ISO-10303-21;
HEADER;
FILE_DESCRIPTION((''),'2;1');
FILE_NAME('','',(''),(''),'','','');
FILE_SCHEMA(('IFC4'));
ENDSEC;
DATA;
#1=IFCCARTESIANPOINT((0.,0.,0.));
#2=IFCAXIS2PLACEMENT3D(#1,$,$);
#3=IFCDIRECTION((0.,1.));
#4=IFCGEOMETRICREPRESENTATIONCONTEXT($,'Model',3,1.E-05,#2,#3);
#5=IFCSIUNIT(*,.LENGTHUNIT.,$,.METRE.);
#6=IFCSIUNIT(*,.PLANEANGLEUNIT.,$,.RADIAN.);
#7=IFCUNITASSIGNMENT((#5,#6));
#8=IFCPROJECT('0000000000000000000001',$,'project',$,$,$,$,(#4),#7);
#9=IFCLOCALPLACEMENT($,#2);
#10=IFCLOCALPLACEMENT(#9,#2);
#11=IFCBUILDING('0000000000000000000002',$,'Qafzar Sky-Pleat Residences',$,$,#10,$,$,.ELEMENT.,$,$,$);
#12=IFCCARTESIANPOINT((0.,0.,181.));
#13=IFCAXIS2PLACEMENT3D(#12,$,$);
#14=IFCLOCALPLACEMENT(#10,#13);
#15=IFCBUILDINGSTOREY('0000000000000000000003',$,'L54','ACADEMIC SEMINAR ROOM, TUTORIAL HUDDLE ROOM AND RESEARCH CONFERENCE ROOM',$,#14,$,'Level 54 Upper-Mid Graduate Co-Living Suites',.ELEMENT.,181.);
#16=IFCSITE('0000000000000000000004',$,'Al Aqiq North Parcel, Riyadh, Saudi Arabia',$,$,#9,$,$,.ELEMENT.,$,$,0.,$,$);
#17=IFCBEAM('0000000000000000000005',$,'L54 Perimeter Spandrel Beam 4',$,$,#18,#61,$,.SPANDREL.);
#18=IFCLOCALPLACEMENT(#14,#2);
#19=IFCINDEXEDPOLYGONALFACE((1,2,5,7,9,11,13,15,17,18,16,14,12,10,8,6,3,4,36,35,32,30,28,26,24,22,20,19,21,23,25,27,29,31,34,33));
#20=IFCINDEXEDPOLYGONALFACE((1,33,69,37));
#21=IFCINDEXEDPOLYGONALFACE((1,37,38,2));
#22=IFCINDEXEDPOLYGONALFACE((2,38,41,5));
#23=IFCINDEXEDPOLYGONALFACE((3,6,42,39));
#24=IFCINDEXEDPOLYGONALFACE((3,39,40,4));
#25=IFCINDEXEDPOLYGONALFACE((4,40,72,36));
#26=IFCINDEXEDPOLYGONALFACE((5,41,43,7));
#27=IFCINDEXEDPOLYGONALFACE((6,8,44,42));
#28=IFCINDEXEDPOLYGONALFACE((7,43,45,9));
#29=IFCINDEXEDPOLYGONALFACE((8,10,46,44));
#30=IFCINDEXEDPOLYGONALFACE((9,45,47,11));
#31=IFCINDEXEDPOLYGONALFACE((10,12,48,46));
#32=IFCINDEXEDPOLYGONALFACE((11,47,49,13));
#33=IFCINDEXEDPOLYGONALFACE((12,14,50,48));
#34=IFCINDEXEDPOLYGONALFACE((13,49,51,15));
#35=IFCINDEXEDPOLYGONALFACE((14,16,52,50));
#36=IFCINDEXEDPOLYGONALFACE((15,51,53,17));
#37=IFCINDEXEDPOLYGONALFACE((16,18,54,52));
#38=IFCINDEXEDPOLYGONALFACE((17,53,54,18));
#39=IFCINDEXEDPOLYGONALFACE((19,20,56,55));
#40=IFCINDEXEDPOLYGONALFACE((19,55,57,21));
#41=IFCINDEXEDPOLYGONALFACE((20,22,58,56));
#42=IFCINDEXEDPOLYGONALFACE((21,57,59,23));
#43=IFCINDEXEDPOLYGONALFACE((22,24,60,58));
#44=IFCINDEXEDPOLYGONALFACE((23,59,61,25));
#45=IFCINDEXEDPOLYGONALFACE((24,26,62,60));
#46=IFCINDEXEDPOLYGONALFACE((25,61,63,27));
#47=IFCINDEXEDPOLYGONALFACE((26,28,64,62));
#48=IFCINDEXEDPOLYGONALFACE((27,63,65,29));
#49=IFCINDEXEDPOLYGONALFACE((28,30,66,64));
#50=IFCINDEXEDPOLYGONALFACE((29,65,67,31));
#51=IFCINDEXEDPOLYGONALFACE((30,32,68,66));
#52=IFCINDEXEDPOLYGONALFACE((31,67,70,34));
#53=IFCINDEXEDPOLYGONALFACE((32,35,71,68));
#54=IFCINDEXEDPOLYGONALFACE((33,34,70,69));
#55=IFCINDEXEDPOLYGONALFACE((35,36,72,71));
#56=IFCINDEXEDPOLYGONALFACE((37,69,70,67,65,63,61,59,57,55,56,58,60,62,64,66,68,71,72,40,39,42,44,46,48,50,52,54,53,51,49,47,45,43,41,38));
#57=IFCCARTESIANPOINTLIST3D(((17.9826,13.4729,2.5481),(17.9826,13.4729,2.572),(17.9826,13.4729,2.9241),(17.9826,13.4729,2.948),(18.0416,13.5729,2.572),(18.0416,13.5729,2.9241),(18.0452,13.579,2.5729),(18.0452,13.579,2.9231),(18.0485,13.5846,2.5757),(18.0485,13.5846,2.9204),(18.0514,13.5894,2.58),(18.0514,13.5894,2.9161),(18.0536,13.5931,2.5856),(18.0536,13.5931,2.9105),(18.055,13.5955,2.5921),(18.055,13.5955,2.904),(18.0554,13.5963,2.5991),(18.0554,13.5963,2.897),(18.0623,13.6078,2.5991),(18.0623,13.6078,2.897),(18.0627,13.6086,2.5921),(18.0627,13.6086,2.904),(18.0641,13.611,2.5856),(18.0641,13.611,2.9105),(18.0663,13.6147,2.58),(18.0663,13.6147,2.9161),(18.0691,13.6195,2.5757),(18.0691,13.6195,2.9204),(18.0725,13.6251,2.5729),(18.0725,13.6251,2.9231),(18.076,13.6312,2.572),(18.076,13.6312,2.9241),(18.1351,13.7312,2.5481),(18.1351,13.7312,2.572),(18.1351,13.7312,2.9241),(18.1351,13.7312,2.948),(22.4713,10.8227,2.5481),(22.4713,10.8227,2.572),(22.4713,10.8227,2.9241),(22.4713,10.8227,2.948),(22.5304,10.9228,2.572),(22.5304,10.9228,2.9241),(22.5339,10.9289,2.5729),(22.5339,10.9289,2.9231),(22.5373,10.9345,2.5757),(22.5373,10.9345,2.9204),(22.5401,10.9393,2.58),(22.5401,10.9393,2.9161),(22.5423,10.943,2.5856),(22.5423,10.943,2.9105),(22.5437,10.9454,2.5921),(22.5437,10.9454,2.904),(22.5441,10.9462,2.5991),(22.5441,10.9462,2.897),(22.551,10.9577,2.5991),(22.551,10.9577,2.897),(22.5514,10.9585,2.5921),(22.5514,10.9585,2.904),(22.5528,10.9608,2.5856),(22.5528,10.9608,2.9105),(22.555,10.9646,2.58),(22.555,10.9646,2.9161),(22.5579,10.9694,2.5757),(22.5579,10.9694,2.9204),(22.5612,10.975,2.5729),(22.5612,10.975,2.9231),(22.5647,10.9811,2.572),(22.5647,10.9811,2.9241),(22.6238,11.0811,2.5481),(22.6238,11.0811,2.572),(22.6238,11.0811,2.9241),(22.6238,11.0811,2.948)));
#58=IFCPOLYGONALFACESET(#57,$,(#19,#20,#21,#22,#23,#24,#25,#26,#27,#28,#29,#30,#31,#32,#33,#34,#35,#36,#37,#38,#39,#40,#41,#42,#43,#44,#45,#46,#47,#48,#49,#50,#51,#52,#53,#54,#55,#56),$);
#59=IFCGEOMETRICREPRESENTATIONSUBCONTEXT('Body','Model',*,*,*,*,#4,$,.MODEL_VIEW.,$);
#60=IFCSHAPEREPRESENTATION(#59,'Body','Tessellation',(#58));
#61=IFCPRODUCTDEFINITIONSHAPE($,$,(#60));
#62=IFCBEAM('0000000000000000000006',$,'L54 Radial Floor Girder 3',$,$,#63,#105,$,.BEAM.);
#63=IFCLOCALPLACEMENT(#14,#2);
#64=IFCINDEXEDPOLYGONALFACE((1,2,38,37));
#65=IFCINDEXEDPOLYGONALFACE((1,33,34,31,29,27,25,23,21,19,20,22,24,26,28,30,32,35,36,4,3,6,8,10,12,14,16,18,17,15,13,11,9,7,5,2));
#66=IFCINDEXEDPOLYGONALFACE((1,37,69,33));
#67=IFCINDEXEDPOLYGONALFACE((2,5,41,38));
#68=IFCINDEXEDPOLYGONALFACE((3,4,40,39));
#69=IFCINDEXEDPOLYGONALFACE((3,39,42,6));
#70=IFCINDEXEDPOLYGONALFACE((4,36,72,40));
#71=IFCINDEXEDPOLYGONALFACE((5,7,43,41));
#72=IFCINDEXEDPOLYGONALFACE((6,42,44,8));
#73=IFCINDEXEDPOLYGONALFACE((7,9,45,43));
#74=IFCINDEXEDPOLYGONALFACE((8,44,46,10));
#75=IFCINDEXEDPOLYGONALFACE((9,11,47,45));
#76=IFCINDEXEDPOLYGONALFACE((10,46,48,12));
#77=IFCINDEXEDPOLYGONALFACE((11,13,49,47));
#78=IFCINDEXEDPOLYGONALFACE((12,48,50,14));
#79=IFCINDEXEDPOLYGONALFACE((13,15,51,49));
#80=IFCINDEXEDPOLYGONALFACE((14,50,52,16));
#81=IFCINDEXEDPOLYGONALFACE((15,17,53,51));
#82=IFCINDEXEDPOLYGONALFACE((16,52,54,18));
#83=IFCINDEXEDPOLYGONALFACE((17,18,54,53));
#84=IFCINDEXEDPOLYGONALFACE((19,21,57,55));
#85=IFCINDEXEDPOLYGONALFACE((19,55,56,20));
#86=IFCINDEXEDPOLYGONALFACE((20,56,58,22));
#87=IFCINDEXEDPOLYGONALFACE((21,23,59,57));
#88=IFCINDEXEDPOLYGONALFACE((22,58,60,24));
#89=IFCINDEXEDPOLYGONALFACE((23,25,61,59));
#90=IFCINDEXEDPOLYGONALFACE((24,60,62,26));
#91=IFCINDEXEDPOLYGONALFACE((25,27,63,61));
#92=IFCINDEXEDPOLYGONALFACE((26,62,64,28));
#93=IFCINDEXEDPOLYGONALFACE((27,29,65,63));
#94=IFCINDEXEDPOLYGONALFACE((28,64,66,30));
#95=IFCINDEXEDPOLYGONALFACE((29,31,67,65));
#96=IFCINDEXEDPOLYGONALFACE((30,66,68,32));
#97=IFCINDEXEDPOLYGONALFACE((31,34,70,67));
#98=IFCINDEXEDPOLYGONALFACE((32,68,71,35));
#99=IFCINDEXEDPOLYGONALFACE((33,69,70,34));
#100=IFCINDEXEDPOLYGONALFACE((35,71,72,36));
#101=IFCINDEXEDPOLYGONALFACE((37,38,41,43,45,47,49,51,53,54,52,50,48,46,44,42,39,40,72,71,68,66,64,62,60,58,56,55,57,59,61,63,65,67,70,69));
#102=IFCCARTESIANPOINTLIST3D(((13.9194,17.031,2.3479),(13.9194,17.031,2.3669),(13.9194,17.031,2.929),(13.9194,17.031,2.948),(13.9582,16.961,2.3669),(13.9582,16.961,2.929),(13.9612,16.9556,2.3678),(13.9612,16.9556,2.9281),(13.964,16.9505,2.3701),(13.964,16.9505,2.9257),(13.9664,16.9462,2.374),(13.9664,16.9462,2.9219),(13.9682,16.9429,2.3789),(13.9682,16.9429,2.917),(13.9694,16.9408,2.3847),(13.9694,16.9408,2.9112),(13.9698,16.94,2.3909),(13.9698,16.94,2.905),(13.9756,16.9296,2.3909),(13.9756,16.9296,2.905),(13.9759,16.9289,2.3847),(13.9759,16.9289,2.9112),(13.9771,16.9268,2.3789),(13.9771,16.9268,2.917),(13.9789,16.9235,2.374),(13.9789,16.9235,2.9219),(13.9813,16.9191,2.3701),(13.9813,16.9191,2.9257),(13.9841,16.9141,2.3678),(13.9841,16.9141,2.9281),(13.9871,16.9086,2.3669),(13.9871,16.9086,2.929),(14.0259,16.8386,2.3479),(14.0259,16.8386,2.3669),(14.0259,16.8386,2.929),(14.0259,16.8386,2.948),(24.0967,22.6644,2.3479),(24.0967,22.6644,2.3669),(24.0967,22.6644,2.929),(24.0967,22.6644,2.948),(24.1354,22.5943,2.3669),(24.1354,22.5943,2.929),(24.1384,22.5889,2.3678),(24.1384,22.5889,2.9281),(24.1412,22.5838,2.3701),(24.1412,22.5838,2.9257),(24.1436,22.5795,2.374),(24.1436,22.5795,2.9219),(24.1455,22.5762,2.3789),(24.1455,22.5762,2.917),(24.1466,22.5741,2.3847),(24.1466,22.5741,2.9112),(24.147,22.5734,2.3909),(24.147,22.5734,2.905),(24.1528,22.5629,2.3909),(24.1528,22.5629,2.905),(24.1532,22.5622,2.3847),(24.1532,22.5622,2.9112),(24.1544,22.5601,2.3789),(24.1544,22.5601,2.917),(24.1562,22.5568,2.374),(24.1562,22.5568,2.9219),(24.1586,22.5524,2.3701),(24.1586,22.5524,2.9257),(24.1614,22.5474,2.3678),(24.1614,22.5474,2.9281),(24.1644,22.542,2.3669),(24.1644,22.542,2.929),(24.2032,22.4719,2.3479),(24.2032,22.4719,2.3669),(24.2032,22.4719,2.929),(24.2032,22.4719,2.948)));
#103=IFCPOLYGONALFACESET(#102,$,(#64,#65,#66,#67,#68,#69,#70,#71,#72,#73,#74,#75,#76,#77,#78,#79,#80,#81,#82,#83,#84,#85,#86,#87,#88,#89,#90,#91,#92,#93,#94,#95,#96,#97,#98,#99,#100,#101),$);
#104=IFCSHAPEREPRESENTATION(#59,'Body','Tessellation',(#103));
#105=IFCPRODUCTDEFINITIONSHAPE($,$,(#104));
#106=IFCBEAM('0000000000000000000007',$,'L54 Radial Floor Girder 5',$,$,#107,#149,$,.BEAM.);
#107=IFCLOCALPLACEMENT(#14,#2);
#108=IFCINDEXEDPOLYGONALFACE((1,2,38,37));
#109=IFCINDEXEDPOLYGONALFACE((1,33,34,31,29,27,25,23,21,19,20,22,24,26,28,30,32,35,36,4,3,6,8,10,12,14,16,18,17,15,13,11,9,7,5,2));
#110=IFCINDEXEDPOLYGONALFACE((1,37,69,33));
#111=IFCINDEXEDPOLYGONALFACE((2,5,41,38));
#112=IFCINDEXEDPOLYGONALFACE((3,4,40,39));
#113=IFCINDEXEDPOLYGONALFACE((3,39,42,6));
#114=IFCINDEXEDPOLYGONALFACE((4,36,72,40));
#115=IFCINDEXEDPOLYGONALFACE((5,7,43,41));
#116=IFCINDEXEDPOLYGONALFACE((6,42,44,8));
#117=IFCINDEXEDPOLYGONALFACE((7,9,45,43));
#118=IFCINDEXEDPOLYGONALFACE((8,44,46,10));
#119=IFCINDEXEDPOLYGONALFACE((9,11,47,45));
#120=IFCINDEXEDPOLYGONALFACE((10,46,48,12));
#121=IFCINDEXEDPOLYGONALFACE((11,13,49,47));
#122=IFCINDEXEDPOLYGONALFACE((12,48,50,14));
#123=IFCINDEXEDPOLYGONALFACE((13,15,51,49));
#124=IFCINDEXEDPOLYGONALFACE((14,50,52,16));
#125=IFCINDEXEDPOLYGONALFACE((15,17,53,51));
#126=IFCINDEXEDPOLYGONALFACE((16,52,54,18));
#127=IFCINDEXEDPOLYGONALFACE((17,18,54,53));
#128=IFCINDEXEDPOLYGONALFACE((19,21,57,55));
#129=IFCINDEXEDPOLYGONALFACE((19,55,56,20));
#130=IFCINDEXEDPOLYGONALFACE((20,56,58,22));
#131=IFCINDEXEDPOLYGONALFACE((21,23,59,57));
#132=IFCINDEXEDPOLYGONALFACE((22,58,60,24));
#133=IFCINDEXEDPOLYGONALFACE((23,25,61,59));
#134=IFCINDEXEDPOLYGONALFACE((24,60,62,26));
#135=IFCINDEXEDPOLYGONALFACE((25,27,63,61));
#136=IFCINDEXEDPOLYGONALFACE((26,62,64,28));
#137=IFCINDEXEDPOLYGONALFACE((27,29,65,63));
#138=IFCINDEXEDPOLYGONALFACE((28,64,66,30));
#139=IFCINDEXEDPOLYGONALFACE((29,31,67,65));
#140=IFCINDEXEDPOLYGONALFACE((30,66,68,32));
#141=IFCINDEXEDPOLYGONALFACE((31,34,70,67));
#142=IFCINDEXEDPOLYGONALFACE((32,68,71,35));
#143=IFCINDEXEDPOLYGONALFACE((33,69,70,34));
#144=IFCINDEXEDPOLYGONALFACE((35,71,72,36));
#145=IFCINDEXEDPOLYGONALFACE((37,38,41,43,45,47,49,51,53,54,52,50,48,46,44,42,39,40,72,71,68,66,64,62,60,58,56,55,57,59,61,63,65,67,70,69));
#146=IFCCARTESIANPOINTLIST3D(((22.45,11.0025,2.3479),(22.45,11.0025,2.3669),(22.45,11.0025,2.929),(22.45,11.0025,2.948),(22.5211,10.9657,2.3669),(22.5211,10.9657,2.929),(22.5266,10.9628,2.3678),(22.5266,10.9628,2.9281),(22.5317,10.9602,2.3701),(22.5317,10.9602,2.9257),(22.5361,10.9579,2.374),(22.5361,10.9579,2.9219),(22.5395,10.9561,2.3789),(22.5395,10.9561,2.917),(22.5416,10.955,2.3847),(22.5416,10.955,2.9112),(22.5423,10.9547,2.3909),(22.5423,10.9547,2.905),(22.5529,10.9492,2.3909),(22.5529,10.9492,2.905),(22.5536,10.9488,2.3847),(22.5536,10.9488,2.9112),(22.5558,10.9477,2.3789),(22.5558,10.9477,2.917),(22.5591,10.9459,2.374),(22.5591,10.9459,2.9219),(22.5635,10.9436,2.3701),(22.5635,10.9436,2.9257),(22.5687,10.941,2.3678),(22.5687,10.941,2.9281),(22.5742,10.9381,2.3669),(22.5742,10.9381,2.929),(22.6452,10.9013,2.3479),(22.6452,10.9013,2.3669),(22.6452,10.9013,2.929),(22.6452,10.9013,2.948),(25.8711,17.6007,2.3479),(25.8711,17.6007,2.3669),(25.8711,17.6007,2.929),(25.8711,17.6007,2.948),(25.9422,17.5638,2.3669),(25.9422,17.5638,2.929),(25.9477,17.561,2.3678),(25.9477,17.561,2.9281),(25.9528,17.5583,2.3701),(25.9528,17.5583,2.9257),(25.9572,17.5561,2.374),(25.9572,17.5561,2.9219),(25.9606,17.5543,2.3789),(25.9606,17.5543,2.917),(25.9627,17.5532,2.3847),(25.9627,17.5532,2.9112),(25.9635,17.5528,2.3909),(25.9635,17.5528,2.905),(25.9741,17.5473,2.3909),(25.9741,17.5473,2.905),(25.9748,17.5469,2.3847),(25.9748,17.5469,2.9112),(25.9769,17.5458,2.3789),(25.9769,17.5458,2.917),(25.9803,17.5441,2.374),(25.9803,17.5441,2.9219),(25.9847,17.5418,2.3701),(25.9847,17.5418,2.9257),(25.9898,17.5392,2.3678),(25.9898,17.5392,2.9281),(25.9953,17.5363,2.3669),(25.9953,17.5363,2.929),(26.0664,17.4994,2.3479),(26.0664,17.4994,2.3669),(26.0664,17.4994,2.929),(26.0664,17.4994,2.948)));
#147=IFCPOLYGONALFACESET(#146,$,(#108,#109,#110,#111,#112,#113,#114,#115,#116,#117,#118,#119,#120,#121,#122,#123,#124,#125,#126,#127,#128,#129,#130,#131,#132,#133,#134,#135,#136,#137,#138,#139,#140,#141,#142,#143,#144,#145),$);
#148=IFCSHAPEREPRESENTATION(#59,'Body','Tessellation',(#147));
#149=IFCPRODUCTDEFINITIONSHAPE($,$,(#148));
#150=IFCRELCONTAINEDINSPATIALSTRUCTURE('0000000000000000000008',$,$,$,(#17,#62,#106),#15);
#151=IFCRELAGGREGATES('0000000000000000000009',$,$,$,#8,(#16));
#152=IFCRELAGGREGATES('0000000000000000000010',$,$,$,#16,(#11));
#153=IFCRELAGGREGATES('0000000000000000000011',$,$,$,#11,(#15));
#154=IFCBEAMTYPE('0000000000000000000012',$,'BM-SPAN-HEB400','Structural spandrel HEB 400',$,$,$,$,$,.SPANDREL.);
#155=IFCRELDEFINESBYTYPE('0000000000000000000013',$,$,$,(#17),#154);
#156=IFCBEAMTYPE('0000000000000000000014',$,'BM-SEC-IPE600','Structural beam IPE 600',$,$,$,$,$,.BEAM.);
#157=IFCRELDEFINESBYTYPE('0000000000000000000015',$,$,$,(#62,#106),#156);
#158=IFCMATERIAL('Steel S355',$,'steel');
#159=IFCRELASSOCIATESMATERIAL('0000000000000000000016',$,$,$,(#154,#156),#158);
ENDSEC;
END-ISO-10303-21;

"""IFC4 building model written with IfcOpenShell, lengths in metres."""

from ifc_helpers import new_model, si_unit, direction, frame, origin, origin_2d, place, context, subcontext, project, spatial, i_section, extrude, source, transform, mapped, material, material_profile, profile_set, type_object, element, save


model = new_model("IFC4")

# Units and contexts
model_context = context("Model", 3, precision=1e-05, world=origin(), true_north=direction((0.0, 1.0)))
body_context = subcontext(model_context, "Body", "Model", "MODEL_VIEW")
ifc_project = project(units=[si_unit("LENGTHUNIT", "METRE"), si_unit("PLANEANGLEUNIT", "RADIAN")], contexts=[model_context])

# Site, building, storey
site_placement = place(None, origin())
site = spatial("IfcSite", under=ifc_project, at=site_placement, Name="Al Aqiq North Parcel, Riyadh, Saudi Arabia", CompositionType="ELEMENT", RefElevation=0.0)
building_placement = place(site_placement, origin())
building = spatial("IfcBuilding", under=site, at=building_placement, Name="Qafzar Sky-Pleat Residences", CompositionType="ELEMENT")
storey_placement = place(building_placement, frame((0.0, 0.0, 181.0)))
storey = spatial("IfcBuildingStorey", under=building, at=storey_placement, Name="L54", Description="ACADEMIC SEMINAR ROOM, TUTORIAL HUDDLE ROOM AND RESEARCH CONFERENCE ROOM", LongName="Level 54 Upper-Mid Graduate Co-Living Suites", CompositionType="ELEMENT", Elevation=181.0)

# Shared definitions
ifc_material_1 = material(Name="Steel S355", Category="steel")

# Beams
ifc_material_profile_1 = material_profile(ifc_material_1, i_section(OverallWidth=0.3, OverallDepth=0.3999, WebThickness=0.0134, FlangeThickness=0.0239, FilletRadius=0.0271, at=origin_2d()), Name="HEB 400")
ifc_profile_set_1 = profile_set([ifc_material_profile_1], Name="Steel S355")
beam_type_1 = type_object("IfcBeamType", Name="BM-SPAN-HEB400", Description="Structural spandrel HEB 400", PredefinedType="SPANDREL", material=ifc_profile_set_1)
shared_shape_1 = source(origin(), body_context, "Body", "SweptSolid", [
    extrude(i_section(OverallWidth=0.3, OverallDepth=0.3999, WebThickness=0.0134, FlangeThickness=0.0239, FilletRadius=0.0271, at=origin_2d()), origin(), (0.0, 0.0, 1.0), 5.2126),
])
beam_1_placement = place(storey_placement, frame((18.0588, 13.6021, 2.748), z_axis=(0.86112, -0.508401, 0.0), x_axis=(0.508401, 0.86112, 0.0)))
element("IfcBeam", 1, at=beam_1_placement, inside=storey, type_object=beam_type_1, Name="L54 Perimeter Spandrel Beam 4", PredefinedType="SPANDREL", context=body_context, shape_type="MappedRepresentation", body=[
    mapped(shared_shape_1, transform((0.0, 0.0, 0.0), x_axis=(1.0, 0.0, 0.0), y_axis=(0.0, 1.0, 0.0), z_axis=(0.0, 0.0, 1.0), scale=1.0)),
])
ifc_material_profile_2 = material_profile(ifc_material_1, i_section(OverallWidth=0.22, OverallDepth=0.6001, WebThickness=0.012, FlangeThickness=0.019, FilletRadius=0.0239, at=origin_2d()), Name="IPE 600")
ifc_profile_set_2 = profile_set([ifc_material_profile_2], Name="Steel S355")
beam_type_2 = type_object("IfcBeamType", Name="BM-SEC-IPE600", Description="Structural beam IPE 600", PredefinedType="BEAM", material=ifc_profile_set_2)
shared_shape_2 = source(origin(), body_context, "Body", "SweptSolid", [
    extrude(i_section(OverallWidth=0.22, OverallDepth=0.6001, WebThickness=0.012, FlangeThickness=0.019, FilletRadius=0.0239, at=origin_2d()), origin(), (0.0, 0.0, 1.0), 11.6323),
])
beam_2_placement = place(storey_placement, frame((13.9727, 16.9348, 2.6479), z_axis=(0.874913, 0.484281, 0.0), x_axis=(-0.484281, 0.874913, 0.0)))
element("IfcBeam", 2, at=beam_2_placement, inside=storey, type_object=beam_type_2, Name="L54 Radial Floor Girder 3", PredefinedType="BEAM", context=body_context, shape_type="MappedRepresentation", body=[
    mapped(shared_shape_2, transform((0.0, 0.0, 0.0), x_axis=(1.0, 0.0, 0.0), y_axis=(0.0, 1.0, 0.0), z_axis=(0.0, 0.0, 1.0), scale=1.0)),
])
shared_shape_3 = source(origin(), body_context, "Body", "SweptSolid", [
    extrude(i_section(OverallWidth=0.22, OverallDepth=0.6001, WebThickness=0.012, FlangeThickness=0.019, FilletRadius=0.0239, at=origin_2d()), origin(), (0.0, 0.0, 1.0), 7.4324),
])
beam_3_placement = place(storey_placement, frame((22.5476, 10.9519, 2.6479), z_axis=(0.460305, 0.887761, 0.0), x_axis=(-0.887761, 0.460305, 0.0)))
element("IfcBeam", 3, at=beam_3_placement, inside=storey, type_object=beam_type_2, Name="L54 Radial Floor Girder 5", PredefinedType="BEAM", context=body_context, shape_type="MappedRepresentation", body=[
    mapped(shared_shape_3, transform((0.0, 0.0, 0.0), x_axis=(1.0, 0.0, 0.0), y_axis=(0.0, 1.0, 0.0), z_axis=(0.0, 0.0, 1.0), scale=1.0)),
])

save(model, "model.ifc")
